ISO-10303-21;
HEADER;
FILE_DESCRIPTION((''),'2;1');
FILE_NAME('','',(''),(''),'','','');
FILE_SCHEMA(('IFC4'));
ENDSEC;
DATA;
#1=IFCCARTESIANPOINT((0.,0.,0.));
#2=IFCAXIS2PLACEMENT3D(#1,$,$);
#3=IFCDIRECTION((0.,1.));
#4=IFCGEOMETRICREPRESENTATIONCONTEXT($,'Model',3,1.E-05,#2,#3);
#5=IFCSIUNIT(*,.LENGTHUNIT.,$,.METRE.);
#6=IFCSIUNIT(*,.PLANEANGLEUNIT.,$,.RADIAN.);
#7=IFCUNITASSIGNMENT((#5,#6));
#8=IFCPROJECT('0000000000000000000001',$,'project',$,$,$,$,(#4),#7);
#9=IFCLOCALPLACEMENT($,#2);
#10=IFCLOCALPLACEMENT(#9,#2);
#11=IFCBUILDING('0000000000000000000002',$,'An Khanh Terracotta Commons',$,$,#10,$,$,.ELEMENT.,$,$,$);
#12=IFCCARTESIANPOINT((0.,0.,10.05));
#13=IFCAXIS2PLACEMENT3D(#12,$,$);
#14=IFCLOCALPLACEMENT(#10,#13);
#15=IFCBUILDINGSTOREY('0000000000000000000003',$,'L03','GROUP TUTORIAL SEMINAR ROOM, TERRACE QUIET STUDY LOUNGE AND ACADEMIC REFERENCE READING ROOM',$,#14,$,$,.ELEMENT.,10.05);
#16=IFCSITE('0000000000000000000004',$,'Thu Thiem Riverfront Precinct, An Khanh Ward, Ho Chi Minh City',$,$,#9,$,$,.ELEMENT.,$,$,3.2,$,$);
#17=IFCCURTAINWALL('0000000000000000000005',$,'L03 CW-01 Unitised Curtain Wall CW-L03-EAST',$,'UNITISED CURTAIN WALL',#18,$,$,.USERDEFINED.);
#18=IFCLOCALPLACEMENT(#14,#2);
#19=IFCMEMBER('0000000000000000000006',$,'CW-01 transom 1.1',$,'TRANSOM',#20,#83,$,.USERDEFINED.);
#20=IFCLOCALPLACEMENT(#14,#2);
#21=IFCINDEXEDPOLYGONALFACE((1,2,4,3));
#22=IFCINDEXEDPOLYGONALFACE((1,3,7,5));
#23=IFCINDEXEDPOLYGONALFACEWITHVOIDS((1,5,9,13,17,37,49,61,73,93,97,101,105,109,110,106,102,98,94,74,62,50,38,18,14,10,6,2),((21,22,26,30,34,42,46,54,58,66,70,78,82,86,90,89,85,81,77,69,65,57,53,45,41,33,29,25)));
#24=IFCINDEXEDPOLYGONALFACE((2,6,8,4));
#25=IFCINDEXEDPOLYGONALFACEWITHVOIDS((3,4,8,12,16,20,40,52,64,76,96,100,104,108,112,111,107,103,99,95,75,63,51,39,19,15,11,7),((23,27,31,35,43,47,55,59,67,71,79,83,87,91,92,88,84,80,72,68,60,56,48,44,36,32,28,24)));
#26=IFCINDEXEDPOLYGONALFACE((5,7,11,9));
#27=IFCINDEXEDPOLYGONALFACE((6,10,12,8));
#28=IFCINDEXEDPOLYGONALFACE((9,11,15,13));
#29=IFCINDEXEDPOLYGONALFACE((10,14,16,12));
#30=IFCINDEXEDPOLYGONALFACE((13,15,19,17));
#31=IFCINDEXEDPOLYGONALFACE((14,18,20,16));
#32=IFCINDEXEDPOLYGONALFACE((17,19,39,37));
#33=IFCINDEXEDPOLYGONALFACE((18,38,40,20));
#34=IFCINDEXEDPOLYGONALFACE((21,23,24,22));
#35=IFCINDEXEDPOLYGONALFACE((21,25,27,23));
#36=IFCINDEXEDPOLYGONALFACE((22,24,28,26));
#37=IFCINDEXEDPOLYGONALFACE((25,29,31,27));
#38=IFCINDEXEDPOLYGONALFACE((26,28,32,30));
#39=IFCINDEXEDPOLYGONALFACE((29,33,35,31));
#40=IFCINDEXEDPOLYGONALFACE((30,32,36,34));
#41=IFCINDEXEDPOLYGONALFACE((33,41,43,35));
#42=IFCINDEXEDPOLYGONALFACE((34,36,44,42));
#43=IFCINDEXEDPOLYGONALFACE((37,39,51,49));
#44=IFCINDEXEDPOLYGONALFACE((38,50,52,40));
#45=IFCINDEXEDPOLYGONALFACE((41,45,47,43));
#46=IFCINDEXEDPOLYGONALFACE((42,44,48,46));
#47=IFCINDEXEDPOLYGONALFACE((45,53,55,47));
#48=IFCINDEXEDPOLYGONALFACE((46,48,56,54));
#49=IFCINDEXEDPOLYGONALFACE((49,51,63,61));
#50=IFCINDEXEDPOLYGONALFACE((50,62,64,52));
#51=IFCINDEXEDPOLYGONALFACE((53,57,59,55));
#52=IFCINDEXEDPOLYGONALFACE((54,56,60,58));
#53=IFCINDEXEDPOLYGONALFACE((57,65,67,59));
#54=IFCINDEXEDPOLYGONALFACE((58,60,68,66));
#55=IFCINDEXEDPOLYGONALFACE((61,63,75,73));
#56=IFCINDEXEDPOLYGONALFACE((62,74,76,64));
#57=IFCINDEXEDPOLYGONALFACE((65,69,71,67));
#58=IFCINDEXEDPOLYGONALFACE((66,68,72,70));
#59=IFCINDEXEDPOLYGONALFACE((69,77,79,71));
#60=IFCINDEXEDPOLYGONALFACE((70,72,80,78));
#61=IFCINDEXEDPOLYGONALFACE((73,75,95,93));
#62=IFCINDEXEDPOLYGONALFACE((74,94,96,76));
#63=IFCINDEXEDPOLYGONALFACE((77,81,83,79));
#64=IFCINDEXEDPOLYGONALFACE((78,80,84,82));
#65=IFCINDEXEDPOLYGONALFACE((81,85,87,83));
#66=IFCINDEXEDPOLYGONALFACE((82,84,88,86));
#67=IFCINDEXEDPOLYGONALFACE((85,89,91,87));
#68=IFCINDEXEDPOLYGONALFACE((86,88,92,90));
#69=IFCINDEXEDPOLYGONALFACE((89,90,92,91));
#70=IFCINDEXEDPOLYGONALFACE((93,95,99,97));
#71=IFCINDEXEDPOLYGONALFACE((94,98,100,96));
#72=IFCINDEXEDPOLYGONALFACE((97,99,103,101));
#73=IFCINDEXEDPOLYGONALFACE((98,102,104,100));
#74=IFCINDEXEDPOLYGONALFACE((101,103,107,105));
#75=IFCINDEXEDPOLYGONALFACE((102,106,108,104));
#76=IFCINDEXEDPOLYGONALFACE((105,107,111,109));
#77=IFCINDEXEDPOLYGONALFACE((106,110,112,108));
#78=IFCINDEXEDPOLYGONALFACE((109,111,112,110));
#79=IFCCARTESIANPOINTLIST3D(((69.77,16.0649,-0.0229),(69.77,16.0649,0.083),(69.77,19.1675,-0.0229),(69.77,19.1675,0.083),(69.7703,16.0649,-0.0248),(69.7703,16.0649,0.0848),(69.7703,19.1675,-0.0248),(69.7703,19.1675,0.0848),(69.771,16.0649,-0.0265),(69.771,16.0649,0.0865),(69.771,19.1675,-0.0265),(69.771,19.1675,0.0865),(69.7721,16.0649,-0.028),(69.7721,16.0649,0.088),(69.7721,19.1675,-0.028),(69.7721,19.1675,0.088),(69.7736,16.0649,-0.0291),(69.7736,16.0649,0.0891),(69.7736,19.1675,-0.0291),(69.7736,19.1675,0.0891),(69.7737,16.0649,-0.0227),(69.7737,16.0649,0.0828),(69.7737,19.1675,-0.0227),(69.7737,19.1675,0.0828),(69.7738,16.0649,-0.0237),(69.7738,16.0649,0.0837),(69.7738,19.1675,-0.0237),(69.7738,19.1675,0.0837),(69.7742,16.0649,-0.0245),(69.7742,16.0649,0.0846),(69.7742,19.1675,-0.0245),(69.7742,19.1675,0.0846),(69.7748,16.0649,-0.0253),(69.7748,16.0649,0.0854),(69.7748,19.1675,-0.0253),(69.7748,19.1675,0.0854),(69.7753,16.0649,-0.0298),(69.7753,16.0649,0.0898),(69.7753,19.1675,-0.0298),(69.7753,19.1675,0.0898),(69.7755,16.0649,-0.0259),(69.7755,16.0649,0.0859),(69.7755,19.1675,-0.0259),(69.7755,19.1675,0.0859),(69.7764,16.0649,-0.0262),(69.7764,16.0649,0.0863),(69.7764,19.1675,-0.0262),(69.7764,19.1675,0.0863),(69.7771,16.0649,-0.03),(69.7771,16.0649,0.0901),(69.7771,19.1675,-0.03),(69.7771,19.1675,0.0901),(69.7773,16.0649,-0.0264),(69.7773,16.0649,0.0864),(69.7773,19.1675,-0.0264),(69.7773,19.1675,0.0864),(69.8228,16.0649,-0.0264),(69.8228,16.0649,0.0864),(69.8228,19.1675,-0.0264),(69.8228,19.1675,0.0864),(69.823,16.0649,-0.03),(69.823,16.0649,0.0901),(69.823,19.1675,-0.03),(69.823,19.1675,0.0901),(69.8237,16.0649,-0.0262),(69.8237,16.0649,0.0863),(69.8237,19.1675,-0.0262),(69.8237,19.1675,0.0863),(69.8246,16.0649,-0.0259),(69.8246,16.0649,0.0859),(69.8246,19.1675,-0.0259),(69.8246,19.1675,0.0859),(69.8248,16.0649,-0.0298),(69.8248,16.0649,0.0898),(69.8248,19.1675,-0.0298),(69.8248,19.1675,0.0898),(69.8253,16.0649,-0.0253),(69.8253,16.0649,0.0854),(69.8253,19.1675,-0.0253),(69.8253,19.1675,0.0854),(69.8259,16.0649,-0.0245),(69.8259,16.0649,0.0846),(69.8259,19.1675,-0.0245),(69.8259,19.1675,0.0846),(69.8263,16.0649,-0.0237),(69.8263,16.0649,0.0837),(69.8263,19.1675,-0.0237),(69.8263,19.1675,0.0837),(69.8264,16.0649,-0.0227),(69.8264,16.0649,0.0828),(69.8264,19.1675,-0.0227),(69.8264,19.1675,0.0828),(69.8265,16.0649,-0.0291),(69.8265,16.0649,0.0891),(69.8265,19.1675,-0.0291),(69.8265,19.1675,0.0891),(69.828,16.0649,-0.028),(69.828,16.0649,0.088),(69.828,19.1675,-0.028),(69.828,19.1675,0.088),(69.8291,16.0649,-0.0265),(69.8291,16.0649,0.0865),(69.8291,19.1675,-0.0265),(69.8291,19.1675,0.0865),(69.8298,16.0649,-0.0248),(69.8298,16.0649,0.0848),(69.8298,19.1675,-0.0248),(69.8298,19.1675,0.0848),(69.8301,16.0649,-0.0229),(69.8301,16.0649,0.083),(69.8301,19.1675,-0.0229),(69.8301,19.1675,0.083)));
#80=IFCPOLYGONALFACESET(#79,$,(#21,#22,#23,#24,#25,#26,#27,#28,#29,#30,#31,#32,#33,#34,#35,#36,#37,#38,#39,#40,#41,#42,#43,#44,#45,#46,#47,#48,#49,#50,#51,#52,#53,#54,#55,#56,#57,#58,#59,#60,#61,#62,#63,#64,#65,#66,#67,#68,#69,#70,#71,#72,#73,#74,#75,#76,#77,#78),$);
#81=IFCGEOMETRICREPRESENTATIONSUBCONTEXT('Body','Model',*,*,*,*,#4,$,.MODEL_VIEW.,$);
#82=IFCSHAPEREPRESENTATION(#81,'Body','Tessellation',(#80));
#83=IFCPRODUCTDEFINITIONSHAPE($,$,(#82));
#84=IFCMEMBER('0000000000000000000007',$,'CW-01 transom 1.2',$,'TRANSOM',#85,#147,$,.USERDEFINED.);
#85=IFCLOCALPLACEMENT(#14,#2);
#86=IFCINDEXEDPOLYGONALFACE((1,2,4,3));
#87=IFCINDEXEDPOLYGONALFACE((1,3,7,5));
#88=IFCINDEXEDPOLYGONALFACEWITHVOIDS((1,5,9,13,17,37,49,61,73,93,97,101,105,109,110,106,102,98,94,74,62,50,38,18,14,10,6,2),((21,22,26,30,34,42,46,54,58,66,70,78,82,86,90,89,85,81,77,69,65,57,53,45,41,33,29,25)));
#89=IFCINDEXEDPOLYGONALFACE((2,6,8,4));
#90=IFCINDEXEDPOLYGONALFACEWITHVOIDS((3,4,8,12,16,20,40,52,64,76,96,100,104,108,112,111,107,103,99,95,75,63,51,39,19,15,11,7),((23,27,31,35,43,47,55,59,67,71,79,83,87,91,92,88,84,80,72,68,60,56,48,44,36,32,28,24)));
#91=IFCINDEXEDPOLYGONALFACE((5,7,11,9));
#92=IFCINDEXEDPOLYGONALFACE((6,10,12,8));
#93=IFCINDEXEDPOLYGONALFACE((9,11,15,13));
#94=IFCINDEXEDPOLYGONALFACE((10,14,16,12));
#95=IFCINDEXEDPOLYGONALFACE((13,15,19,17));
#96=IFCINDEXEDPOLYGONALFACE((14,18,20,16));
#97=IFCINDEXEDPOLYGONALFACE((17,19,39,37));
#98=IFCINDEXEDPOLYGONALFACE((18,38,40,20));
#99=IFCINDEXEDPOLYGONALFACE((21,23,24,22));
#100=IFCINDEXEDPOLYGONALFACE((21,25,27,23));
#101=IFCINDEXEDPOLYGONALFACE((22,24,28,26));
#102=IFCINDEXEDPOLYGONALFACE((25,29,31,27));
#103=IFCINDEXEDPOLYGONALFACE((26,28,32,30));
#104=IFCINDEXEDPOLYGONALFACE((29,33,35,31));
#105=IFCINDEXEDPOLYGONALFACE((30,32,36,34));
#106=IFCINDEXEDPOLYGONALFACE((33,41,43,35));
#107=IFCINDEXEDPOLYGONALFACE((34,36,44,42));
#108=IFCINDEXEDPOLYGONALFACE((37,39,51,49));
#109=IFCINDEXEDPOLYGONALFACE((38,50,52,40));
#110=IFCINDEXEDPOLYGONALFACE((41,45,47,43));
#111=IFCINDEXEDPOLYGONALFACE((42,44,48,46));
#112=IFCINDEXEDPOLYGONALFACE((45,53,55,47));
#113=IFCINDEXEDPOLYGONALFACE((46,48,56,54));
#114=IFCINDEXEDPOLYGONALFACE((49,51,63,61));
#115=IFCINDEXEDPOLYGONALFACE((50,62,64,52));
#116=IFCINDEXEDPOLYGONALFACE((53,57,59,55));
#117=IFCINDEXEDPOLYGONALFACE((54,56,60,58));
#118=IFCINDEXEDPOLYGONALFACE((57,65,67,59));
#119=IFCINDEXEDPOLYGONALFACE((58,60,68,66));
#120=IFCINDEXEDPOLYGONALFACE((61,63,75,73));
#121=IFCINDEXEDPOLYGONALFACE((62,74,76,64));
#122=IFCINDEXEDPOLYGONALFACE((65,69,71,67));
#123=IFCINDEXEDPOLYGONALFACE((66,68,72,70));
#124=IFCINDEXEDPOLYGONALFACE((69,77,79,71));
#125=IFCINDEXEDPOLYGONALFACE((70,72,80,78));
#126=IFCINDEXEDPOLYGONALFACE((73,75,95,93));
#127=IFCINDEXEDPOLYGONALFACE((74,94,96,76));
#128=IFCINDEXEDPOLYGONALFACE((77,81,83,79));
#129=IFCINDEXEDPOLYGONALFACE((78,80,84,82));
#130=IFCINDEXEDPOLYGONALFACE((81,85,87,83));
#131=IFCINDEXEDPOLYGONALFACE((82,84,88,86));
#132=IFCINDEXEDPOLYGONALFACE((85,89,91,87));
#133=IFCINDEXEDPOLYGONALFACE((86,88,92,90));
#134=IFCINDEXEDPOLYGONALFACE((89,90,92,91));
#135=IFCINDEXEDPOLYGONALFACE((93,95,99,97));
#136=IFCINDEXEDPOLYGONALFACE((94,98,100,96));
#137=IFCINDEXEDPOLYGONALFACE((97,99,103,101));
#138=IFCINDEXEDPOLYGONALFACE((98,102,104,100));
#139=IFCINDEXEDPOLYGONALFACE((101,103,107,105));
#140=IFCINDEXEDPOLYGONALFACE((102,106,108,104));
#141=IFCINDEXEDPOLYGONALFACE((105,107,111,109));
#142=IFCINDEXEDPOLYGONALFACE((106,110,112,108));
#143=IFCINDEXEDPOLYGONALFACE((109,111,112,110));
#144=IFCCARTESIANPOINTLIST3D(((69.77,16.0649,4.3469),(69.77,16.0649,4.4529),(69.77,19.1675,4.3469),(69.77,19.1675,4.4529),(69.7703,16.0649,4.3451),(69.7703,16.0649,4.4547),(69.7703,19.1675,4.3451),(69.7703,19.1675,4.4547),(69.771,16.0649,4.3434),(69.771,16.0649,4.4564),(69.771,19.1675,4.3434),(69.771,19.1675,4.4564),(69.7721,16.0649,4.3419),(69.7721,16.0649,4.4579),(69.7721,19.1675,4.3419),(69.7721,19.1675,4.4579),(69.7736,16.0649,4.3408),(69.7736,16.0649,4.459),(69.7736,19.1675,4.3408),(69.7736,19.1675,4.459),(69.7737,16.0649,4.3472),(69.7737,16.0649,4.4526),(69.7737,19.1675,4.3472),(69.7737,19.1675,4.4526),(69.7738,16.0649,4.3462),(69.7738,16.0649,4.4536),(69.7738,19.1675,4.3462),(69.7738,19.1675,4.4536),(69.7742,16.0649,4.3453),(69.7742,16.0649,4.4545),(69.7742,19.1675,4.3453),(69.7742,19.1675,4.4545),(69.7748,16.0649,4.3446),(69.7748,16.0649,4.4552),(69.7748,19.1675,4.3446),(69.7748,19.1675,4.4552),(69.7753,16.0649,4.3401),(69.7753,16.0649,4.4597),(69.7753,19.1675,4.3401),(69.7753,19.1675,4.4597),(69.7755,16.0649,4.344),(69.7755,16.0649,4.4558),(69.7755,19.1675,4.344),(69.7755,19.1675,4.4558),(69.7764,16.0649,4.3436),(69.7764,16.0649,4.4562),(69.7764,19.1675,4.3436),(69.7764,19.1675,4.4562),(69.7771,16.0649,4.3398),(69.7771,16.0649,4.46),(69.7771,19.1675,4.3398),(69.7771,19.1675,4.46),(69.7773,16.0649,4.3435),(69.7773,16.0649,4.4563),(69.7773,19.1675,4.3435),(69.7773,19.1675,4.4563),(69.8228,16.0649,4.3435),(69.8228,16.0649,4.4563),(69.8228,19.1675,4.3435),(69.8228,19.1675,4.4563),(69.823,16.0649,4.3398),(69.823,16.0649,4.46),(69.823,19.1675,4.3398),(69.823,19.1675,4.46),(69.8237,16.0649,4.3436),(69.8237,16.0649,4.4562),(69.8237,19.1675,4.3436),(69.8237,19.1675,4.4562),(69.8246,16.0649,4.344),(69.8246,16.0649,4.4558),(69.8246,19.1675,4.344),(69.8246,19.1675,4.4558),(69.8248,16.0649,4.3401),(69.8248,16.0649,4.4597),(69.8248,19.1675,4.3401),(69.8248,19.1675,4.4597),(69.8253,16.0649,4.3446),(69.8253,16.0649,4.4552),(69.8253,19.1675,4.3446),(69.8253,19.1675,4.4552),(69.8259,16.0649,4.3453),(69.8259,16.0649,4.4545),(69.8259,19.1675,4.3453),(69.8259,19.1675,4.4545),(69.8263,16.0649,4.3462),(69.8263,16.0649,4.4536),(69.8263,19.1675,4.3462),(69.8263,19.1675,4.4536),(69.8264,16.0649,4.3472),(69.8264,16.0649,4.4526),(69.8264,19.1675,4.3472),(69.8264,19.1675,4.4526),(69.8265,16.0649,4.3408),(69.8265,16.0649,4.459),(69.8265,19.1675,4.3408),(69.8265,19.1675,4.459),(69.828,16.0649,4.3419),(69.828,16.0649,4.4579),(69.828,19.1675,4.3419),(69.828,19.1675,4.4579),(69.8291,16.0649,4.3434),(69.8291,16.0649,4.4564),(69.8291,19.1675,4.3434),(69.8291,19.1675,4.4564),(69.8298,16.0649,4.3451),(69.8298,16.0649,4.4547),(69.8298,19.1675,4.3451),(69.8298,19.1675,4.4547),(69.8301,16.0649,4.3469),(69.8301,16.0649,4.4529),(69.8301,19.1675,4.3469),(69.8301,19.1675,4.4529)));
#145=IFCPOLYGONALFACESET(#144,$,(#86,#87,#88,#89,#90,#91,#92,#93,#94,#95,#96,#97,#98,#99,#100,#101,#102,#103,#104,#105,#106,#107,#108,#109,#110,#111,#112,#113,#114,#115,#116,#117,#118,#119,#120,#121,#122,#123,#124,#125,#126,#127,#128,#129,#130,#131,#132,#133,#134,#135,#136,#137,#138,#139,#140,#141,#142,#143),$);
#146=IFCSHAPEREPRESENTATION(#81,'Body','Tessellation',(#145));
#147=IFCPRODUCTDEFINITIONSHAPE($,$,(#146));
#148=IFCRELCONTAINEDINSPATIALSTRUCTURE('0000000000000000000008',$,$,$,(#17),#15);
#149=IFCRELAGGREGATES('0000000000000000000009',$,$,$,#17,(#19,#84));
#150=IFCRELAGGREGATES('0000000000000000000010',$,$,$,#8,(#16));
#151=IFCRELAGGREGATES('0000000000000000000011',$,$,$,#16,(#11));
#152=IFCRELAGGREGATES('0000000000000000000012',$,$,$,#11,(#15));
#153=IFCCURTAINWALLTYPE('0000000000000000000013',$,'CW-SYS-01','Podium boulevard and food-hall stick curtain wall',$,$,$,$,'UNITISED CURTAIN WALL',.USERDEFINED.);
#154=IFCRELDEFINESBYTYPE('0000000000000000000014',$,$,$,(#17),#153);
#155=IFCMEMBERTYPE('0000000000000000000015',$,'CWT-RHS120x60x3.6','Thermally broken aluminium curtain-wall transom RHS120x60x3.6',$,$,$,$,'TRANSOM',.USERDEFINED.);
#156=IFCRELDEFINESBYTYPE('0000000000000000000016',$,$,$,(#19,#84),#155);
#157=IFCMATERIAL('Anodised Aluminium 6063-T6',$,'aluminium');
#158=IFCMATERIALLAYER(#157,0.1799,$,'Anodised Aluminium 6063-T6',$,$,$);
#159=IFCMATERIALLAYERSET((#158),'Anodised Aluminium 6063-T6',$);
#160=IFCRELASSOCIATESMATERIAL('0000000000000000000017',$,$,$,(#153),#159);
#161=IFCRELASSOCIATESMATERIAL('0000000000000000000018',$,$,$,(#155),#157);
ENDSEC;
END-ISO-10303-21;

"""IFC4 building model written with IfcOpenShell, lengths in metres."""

from ifc_helpers import new_model, si_unit, direction, frame, origin, origin_2d, place, context, subcontext, project, spatial, hollow_rectangle, extrude, material, layer, layer_set, material_profile, profile_set, type_object, element, aggregate, save


model = new_model("IFC4")

# Units and contexts
model_context = context("Model", 3, precision=1e-05, world=origin(), true_north=direction((0.0, 1.0)))
body_context = subcontext(model_context, "Body", "Model", "MODEL_VIEW")
ifc_project = project(units=[si_unit("LENGTHUNIT", "METRE"), si_unit("PLANEANGLEUNIT", "RADIAN")], contexts=[model_context])

# Site, building, storey
site_placement = place(None, origin())
site = spatial("IfcSite", under=ifc_project, at=site_placement, Name="Thu Thiem Riverfront Precinct, An Khanh Ward, Ho Chi Minh City", CompositionType="ELEMENT", RefElevation=3.2)
building_placement = place(site_placement, origin())
building = spatial("IfcBuilding", under=site, at=building_placement, Name="An Khanh Terracotta Commons", CompositionType="ELEMENT")
storey_placement = place(building_placement, frame((0.0, 0.0, 10.05)))
storey = spatial("IfcBuildingStorey", under=building, at=storey_placement, Name="L03", Description="GROUP TUTORIAL SEMINAR ROOM, TERRACE QUIET STUDY LOUNGE AND ACADEMIC REFERENCE READING ROOM", CompositionType="ELEMENT", Elevation=10.05)

# Curtain wall, members
ifc_material_1 = material(Name="Anodised Aluminium 6063-T6", Category="aluminium")
ifc_layer_1 = layer(ifc_material_1, 0.1799, Name="Anodised Aluminium 6063-T6")
ifc_layer_set_1 = layer_set([ifc_layer_1], Name="Anodised Aluminium 6063-T6")
curtain_wall_type = type_object("IfcCurtainWallType", Name="CW-SYS-01", Description="Podium boulevard and food-hall stick curtain wall", ElementType="UNITISED CURTAIN WALL", PredefinedType="USERDEFINED", material=ifc_layer_set_1)
curtain_wall_placement = place(storey_placement, origin())
curtain_wall = element("IfcCurtainWall", 1, at=curtain_wall_placement, inside=storey, type_object=curtain_wall_type, Name="L03 CW-01 Unitised Curtain Wall CW-L03-EAST", ObjectType="UNITISED CURTAIN WALL", PredefinedType="USERDEFINED")
ifc_material_profile_1 = material_profile(ifc_material_1, hollow_rectangle(XDim=0.0601, YDim=0.1201, WallThickness=0.0037, InnerFilletRadius=0.0037, OuterFilletRadius=0.0071, at=origin_2d()), Name="RHS120x60x3.6")
ifc_profile_set_1 = profile_set([ifc_material_profile_1], Name="Anodised Aluminium 6063-T6")
member_type_1 = type_object("IfcMemberType", Name="CWT-RHS120x60x3.6", Description="Thermally broken aluminium curtain-wall transom RHS120x60x3.6", ElementType="TRANSOM", PredefinedType="USERDEFINED", material=ifc_profile_set_1)
member_1_placement = place(storey_placement, frame((69.8, 16.0649, 0.03), z_axis=(0.0, 1.0, 0.0), x_axis=(-1.0, 0.0, 0.0)))
member_1 = element("IfcMember", 2, at=member_1_placement, type_object=member_type_1, Name="CW-01 transom 1.1", ObjectType="TRANSOM", PredefinedType="USERDEFINED", context=body_context, shape_type="SweptSolid", body=[
    extrude(hollow_rectangle(XDim=0.0601, YDim=0.1201, WallThickness=0.0037, InnerFilletRadius=0.0037, OuterFilletRadius=0.0071, at=origin_2d()), origin(), (0.0, 0.0, 1.0), 3.1025),
])
member_2_placement = place(storey_placement, frame((69.8, 16.0649, 4.3999), z_axis=(0.0, 1.0, 0.0), x_axis=(-1.0, 0.0, 0.0)))
member_2 = element("IfcMember", 3, at=member_2_placement, type_object=member_type_1, Name="CW-01 transom 1.2", ObjectType="TRANSOM", PredefinedType="USERDEFINED", context=body_context, shape_type="SweptSolid", body=[
    extrude(hollow_rectangle(XDim=0.0601, YDim=0.1201, WallThickness=0.0037, InnerFilletRadius=0.0037, OuterFilletRadius=0.0071, at=origin_2d()), origin(), (0.0, 0.0, 1.0), 3.1025),
])
aggregate(curtain_wall, [member_1, member_2])

save(model, "model.ifc")
